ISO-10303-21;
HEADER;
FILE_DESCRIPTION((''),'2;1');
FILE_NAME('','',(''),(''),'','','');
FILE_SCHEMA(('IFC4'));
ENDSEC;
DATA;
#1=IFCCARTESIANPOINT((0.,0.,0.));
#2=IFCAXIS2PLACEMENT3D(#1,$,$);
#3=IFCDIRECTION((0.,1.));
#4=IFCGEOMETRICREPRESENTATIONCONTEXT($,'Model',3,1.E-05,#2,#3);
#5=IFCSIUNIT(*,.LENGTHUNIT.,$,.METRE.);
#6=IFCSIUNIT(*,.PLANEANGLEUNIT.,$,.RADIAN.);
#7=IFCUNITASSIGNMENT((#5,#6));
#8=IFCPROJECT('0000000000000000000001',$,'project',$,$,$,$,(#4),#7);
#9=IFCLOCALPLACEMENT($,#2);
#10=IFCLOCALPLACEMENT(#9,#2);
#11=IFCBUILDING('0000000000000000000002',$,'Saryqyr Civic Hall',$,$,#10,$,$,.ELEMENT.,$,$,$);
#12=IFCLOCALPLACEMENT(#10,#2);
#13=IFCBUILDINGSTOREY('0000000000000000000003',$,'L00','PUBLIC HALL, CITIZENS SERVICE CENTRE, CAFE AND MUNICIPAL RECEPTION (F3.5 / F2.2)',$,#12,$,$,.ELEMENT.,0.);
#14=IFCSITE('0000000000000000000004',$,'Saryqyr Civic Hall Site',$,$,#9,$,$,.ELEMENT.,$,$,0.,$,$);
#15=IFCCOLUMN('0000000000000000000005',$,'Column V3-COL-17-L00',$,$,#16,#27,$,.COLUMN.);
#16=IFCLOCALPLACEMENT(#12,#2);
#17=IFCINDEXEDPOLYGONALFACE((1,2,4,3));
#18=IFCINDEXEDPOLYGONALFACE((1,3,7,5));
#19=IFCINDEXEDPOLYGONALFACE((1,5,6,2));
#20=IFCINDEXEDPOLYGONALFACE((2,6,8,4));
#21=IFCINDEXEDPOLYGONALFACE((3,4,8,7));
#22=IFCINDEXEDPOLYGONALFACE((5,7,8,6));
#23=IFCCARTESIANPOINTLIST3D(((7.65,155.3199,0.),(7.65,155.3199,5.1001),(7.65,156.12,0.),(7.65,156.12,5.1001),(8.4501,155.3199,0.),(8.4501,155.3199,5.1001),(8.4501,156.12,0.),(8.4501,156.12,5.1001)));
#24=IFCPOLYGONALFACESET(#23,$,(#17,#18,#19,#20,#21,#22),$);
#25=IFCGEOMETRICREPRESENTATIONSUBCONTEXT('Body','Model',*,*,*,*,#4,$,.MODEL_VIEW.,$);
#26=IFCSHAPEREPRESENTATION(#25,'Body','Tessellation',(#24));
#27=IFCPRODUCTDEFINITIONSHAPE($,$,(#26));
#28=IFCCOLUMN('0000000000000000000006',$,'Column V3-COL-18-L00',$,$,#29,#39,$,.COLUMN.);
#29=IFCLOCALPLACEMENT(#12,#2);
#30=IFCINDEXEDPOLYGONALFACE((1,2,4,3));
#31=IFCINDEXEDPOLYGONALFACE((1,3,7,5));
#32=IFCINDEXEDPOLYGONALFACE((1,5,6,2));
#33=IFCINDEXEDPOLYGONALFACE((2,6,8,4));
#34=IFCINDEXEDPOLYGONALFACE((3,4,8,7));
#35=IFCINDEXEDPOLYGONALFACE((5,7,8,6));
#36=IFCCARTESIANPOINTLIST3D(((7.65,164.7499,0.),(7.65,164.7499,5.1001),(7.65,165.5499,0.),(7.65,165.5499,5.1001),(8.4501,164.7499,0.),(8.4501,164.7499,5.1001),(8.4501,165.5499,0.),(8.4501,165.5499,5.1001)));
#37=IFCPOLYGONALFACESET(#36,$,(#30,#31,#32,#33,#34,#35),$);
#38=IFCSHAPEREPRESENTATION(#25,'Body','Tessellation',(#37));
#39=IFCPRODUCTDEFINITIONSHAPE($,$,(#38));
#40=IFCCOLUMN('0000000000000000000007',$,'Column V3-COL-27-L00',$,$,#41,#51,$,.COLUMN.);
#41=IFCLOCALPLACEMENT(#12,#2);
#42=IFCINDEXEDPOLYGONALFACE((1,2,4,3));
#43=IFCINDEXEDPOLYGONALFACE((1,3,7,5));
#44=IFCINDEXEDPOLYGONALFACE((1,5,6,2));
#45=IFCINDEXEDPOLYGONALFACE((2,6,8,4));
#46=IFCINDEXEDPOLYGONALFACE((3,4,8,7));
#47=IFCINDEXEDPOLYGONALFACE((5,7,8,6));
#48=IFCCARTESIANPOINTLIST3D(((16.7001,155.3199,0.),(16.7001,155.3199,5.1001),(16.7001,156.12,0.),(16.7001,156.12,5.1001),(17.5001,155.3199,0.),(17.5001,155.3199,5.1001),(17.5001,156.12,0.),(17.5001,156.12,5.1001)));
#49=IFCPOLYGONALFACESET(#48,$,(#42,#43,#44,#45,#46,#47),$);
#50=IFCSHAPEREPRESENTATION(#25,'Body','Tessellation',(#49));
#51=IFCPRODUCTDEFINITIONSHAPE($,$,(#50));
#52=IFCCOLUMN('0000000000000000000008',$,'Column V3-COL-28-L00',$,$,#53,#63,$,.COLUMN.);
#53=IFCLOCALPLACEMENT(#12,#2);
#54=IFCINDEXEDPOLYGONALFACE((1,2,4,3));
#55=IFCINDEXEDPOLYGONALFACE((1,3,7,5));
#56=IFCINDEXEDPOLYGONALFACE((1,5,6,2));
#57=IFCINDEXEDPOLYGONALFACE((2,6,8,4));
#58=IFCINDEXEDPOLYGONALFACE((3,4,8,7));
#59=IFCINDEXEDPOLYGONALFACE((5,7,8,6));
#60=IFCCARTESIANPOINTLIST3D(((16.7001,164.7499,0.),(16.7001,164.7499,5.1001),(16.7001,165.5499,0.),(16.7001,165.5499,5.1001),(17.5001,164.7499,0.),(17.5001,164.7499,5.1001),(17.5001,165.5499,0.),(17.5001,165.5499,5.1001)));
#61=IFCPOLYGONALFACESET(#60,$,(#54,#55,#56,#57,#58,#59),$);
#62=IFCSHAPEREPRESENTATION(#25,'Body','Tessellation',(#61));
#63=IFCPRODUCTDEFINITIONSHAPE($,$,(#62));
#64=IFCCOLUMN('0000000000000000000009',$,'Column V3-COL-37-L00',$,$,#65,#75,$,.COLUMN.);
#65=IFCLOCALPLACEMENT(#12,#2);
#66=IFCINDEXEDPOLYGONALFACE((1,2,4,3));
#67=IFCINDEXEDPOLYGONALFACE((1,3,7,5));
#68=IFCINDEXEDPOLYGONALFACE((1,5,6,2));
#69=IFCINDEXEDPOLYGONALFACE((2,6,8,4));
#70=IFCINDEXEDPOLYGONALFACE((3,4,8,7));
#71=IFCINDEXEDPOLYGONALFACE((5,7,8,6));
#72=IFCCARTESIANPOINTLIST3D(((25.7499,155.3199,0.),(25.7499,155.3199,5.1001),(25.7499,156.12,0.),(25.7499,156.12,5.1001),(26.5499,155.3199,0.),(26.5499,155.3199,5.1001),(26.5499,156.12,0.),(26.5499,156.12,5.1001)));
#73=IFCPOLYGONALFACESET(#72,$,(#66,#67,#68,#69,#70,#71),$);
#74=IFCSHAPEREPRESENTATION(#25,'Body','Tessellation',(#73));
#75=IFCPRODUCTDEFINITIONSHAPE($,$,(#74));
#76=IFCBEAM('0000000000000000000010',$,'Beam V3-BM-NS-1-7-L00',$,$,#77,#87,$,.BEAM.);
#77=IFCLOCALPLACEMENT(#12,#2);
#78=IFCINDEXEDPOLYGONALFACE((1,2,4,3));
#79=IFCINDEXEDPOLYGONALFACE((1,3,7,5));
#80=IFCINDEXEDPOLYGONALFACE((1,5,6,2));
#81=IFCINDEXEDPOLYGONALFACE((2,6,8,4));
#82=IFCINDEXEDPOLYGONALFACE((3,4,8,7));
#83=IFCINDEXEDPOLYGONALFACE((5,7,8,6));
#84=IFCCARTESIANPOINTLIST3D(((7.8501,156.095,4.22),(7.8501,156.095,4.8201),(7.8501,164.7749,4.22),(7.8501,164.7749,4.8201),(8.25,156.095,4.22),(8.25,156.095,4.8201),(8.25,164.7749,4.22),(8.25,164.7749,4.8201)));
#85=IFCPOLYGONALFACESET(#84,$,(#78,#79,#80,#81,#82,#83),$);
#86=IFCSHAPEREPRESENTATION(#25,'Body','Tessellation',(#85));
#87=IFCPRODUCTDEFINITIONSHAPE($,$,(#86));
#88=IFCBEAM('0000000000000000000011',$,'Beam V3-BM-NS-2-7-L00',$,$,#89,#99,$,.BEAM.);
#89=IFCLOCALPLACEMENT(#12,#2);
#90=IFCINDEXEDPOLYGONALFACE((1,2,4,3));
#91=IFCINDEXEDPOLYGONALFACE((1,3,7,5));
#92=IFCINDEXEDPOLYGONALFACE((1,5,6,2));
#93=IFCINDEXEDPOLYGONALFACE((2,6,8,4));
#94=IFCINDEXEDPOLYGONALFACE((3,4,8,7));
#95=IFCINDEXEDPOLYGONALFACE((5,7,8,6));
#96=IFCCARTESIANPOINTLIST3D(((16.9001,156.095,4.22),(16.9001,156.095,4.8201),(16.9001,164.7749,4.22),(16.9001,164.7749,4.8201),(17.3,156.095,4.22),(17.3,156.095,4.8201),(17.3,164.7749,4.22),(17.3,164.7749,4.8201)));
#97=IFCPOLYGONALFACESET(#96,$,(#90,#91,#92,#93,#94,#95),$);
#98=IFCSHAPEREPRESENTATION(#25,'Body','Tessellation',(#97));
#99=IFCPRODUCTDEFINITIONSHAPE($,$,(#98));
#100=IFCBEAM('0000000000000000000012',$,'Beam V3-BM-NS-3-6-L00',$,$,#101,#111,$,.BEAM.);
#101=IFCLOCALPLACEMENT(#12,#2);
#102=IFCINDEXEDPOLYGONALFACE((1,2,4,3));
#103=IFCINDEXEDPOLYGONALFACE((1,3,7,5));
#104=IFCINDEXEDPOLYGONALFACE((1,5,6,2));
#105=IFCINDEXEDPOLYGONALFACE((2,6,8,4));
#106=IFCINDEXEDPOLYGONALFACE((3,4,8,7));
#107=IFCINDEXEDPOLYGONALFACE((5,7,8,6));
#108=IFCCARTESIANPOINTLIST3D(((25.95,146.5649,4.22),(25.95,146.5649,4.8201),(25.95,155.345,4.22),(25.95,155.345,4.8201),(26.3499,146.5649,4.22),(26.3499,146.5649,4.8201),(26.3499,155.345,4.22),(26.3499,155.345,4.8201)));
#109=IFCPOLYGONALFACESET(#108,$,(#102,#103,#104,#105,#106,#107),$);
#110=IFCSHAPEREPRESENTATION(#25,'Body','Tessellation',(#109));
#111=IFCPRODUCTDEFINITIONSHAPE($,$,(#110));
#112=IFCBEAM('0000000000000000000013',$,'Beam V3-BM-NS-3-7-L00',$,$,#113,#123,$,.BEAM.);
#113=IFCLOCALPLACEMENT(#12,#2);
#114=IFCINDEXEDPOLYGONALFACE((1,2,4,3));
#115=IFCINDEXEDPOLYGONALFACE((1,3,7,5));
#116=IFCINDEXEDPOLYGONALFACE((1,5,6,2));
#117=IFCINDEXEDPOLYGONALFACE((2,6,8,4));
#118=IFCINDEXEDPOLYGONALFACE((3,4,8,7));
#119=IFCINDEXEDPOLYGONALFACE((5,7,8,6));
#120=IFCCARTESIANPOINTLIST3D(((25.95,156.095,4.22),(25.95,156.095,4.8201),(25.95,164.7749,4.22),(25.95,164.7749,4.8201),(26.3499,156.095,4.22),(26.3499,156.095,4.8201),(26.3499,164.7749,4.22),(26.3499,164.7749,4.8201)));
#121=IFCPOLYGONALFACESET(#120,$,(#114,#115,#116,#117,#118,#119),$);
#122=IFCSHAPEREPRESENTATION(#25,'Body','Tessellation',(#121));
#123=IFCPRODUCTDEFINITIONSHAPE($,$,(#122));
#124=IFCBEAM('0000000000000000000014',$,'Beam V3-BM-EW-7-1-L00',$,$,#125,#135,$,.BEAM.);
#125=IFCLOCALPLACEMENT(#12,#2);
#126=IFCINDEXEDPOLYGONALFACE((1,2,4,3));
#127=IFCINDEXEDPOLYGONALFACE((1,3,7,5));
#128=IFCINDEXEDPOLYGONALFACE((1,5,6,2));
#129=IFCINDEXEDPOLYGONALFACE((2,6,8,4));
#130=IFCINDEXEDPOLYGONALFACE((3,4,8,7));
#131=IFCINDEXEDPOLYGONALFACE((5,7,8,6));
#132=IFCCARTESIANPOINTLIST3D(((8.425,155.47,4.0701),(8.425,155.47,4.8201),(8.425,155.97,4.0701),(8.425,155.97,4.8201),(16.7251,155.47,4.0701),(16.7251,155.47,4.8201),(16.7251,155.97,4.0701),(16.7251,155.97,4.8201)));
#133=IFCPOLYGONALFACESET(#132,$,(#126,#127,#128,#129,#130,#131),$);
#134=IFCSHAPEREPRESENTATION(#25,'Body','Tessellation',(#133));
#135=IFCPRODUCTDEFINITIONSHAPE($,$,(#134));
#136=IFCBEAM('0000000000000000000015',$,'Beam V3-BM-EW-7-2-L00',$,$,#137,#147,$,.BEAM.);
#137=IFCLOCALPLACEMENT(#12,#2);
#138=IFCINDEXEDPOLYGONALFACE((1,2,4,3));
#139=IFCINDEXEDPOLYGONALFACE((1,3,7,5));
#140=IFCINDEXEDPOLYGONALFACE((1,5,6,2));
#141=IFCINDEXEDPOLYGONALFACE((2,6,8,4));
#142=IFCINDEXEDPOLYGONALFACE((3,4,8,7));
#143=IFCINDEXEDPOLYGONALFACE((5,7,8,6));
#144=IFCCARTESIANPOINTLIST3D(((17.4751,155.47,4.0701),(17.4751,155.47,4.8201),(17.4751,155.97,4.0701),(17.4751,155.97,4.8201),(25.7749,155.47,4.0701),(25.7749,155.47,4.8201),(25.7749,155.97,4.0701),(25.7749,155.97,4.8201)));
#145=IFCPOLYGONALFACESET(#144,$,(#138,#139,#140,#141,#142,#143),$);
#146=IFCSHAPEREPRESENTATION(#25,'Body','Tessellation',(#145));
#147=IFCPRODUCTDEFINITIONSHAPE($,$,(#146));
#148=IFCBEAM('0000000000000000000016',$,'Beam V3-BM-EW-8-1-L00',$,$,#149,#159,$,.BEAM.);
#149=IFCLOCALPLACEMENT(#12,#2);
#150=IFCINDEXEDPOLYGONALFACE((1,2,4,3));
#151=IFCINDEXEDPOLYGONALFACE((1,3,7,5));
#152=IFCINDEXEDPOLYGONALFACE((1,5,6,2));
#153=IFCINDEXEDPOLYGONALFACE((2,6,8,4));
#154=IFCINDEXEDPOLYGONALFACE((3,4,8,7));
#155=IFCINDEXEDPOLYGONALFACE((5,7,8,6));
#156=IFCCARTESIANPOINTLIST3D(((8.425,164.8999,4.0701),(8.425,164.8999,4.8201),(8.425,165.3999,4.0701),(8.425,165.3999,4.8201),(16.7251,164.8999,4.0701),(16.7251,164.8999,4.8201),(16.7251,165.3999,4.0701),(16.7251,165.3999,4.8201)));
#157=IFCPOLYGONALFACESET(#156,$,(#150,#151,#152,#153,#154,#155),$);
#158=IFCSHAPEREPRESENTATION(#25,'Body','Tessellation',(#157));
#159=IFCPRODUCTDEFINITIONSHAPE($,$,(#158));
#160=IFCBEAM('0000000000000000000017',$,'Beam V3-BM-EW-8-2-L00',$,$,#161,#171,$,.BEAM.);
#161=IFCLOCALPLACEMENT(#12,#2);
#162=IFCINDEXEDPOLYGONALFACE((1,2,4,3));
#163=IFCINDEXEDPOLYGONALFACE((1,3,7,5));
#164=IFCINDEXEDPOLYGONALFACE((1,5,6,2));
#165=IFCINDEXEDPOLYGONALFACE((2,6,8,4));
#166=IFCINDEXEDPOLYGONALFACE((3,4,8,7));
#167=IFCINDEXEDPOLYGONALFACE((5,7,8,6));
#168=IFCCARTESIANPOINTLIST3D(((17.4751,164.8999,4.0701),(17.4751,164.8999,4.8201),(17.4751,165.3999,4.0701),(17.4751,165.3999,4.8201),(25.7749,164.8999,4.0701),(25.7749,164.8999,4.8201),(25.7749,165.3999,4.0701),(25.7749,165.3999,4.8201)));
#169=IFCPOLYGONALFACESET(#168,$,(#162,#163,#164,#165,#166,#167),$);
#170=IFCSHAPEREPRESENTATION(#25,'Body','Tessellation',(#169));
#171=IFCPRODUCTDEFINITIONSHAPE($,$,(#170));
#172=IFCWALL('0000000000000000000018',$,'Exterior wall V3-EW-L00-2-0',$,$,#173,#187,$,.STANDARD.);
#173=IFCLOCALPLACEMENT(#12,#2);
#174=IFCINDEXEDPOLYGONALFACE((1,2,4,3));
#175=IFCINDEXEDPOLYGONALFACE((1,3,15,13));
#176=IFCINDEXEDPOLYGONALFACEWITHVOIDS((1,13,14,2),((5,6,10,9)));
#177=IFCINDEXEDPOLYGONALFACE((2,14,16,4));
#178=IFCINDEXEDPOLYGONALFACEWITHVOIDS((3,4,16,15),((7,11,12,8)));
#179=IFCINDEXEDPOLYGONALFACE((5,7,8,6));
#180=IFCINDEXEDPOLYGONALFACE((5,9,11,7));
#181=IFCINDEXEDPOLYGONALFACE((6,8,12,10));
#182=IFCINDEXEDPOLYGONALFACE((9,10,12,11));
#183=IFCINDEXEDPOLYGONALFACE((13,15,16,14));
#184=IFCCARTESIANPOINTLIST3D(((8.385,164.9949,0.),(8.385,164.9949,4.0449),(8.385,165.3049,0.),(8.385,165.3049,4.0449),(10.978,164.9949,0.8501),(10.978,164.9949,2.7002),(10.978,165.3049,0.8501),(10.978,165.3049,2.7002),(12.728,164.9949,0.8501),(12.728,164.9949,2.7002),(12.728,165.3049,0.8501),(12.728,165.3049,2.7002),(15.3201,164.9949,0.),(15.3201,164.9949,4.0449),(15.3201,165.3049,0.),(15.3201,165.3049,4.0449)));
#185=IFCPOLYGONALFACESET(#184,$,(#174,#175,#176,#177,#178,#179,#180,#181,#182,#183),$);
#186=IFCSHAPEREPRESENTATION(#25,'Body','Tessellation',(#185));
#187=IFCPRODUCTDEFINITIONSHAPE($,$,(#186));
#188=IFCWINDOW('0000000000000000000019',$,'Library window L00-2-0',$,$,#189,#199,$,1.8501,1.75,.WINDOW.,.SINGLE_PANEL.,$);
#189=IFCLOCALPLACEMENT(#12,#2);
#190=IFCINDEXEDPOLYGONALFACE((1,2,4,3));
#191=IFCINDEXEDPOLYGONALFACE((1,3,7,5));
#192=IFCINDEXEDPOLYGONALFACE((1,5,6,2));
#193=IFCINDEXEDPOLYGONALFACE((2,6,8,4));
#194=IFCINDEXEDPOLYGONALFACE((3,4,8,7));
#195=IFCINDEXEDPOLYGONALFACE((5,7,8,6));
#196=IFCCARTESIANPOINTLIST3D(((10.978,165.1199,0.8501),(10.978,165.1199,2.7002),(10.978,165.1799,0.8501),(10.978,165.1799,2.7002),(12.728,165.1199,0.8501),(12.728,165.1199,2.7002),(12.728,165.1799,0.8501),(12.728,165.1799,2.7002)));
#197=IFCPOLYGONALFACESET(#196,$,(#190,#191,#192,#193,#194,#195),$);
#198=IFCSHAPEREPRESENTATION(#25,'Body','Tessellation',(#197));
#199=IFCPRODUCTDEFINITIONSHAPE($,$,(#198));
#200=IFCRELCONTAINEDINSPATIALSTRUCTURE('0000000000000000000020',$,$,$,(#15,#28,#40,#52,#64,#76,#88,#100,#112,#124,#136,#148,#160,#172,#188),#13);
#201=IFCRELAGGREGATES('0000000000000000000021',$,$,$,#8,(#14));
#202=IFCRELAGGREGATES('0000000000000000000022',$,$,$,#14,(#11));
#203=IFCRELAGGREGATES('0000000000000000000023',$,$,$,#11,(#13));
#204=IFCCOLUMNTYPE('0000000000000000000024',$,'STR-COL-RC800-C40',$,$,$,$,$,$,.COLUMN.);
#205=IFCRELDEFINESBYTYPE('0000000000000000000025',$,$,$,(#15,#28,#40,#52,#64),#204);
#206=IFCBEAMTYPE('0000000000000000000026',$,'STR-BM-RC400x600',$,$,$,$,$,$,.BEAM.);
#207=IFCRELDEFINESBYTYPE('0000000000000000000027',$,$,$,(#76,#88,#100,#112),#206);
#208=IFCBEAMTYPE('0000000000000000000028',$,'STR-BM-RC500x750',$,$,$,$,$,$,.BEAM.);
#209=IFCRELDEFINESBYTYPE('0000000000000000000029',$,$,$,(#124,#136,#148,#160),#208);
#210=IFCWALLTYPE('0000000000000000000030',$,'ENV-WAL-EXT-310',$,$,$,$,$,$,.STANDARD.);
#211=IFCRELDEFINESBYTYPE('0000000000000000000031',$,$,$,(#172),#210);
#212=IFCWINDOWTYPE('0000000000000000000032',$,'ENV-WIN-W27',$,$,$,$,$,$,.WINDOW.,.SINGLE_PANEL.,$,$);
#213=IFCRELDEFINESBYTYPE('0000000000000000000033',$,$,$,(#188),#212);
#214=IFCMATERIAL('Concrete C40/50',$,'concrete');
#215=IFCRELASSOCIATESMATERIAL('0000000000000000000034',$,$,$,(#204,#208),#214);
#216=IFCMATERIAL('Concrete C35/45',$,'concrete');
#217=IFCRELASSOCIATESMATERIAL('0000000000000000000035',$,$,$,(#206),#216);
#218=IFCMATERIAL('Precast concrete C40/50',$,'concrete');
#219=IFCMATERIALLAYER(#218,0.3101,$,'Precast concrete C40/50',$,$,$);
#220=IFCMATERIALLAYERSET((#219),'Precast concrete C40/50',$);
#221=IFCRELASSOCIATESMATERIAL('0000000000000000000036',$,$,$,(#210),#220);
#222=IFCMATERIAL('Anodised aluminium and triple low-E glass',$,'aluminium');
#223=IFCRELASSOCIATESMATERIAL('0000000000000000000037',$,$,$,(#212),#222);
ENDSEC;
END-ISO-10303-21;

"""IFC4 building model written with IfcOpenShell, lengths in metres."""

from ifc_helpers import new_model, si_unit, direction, frame, frame_2d, origin, origin_2d, place, context, subcontext, project, spatial, rectangle, extrude, material, layer, layer_set, material_profile, profile_set, type_object, element, fill, save


model = new_model("IFC4")

# Units and contexts
model_context = context("Model", 3, precision=1e-05, world=origin(), true_north=direction((0.0, 1.0)))
body_context = subcontext(model_context, "Body", "Model", "MODEL_VIEW")
ifc_project = project(units=[si_unit("LENGTHUNIT", "METRE"), si_unit("PLANEANGLEUNIT", "RADIAN")], contexts=[model_context])

# Site, building, storey
site_placement = place(None, origin())
site = spatial("IfcSite", under=ifc_project, at=site_placement, Name="Saryqyr Civic Hall Site", CompositionType="ELEMENT", RefElevation=0.0)
building_placement = place(site_placement, origin())
building = spatial("IfcBuilding", under=site, at=building_placement, Name="Saryqyr Civic Hall", CompositionType="ELEMENT")
storey_placement = place(building_placement, origin())
storey = spatial("IfcBuildingStorey", under=building, at=storey_placement, Name="L00", Description="PUBLIC HALL, CITIZENS SERVICE CENTRE, CAFE AND MUNICIPAL RECEPTION (F3.5 / F2.2)", CompositionType="ELEMENT", Elevation=0.0)

# Columns
ifc_material_1 = material(Name="Concrete C40/50", Category="concrete")
ifc_material_profile_1 = material_profile(ifc_material_1, rectangle(XDim=0.8, YDim=0.8, at=origin_2d()), Name="RC 800x800")
ifc_profile_set_1 = profile_set([ifc_material_profile_1], Name="Concrete C40/50")
column_type = type_object("IfcColumnType", Name="STR-COL-RC800-C40", PredefinedType="COLUMN", material=ifc_profile_set_1)
for number, where, z_axis, x_axis, name in (
    (1, (8.05, 155.72, 0.0), (0.0, 0.0, 1.0), (1.0, 0.0, 0.0), "Column V3-COL-17-L00"),
    (2, (8.05, 165.1499, 0.0), (0.0, 0.0, 1.0), (1.0, 0.0, 0.0), "Column V3-COL-18-L00"),
    (3, (17.1001, 155.72, 0.0), (0.0, 0.0, 1.0), (1.0, 0.0, 0.0), "Column V3-COL-27-L00"),
    (4, (17.1001, 165.1499, 0.0), (0.0, 0.0, 1.0), (1.0, 0.0, 0.0), "Column V3-COL-28-L00"),
    (5, (26.1499, 155.72, 0.0), (0.0, 0.0, 1.0), (1.0, 0.0, 0.0), "Column V3-COL-37-L00"),
):
    element("IfcColumn", number, at=place(storey_placement, frame(where, z_axis=z_axis, x_axis=x_axis)), inside=storey, type_object=column_type, Name=name, PredefinedType="COLUMN", context=body_context, shape_type="SweptSolid", body=[
        extrude(rectangle(XDim=0.8, YDim=0.8, at=origin_2d()), origin(), (0.0, 0.0, 1.0), 5.1001),
    ])

# Beams
ifc_material_2 = material(Name="Concrete C35/45", Category="concrete")
ifc_material_profile_2 = material_profile(ifc_material_2, rectangle(XDim=0.3999, YDim=0.6001, at=origin_2d()), Name="RC 400x600")
ifc_profile_set_2 = profile_set([ifc_material_profile_2], Name="Concrete C35/45")
beam_type_1 = type_object("IfcBeamType", Name="STR-BM-RC400x600", PredefinedType="BEAM", material=ifc_profile_set_2)
for number, where, z_axis, x_axis, name in (
    (6, (8.05, 156.095, 4.52), (0.0, 1.0, 0.0), (-1.0, 0.0, 0.0), "Beam V3-BM-NS-1-7-L00"),
    (7, (17.1001, 156.095, 4.52), (0.0, 1.0, 0.0), (-1.0, 0.0, 0.0), "Beam V3-BM-NS-2-7-L00"),
):
    element("IfcBeam", number, at=place(storey_placement, frame(where, z_axis=z_axis, x_axis=x_axis)), inside=storey, type_object=beam_type_1, Name=name, PredefinedType="BEAM", context=body_context, shape_type="SweptSolid", body=[
        extrude(rectangle(XDim=0.3999, YDim=0.6001, at=origin_2d()), origin(), (0.0, 0.0, 1.0), 8.6799),
    ])
beam_1_placement = place(storey_placement, frame((26.1499, 146.5649, 4.52), z_axis=(0.0, 1.0, 0.0), x_axis=(-1.0, 0.0, 0.0)))
element("IfcBeam", 8, at=beam_1_placement, inside=storey, type_object=beam_type_1, Name="Beam V3-BM-NS-3-6-L00", PredefinedType="BEAM", context=body_context, shape_type="SweptSolid", body=[
    extrude(rectangle(XDim=0.3999, YDim=0.6001, at=origin_2d()), origin(), (0.0, 0.0, 1.0), 8.78),
])
beam_2_placement = place(storey_placement, frame((26.1499, 156.095, 4.52), z_axis=(0.0, 1.0, 0.0), x_axis=(-1.0, 0.0, 0.0)))
element("IfcBeam", 9, at=beam_2_placement, inside=storey, type_object=beam_type_1, Name="Beam V3-BM-NS-3-7-L00", PredefinedType="BEAM", context=body_context, shape_type="SweptSolid", body=[
    extrude(rectangle(XDim=0.3999, YDim=0.6001, at=origin_2d()), origin(), (0.0, 0.0, 1.0), 8.6799),
])
ifc_material_profile_3 = material_profile(ifc_material_1, rectangle(XDim=0.5, YDim=0.75, at=origin_2d()), Name="RC 500x750")
ifc_profile_set_3 = profile_set([ifc_material_profile_3], Name="Concrete C40/50")
beam_type_2 = type_object("IfcBeamType", Name="STR-BM-RC500x750", PredefinedType="BEAM", material=ifc_profile_set_3)
beam_3_placement = place(storey_placement, frame((8.425, 155.72, 4.4451), z_axis=(1.0, 0.0, 0.0), x_axis=(0.0, 1.0, 0.0)))
element("IfcBeam", 10, at=beam_3_placement, inside=storey, type_object=beam_type_2, Name="Beam V3-BM-EW-7-1-L00", PredefinedType="BEAM", context=body_context, shape_type="SweptSolid", body=[
    extrude(rectangle(XDim=0.5, YDim=0.75, at=origin_2d()), origin(), (0.0, 0.0, 1.0), 8.3),
])
beam_4_placement = place(storey_placement, frame((17.4751, 155.72, 4.4451), z_axis=(1.0, 0.0, 0.0), x_axis=(0.0, 1.0, 0.0)))
element("IfcBeam", 11, at=beam_4_placement, inside=storey, type_object=beam_type_2, Name="Beam V3-BM-EW-7-2-L00", PredefinedType="BEAM", context=body_context, shape_type="SweptSolid", body=[
    extrude(rectangle(XDim=0.5, YDim=0.75, at=origin_2d()), origin(), (0.0, 0.0, 1.0), 8.2998),
])
beam_5_placement = place(storey_placement, frame((8.425, 165.1499, 4.4451), z_axis=(1.0, 0.0, 0.0), x_axis=(0.0, 1.0, 0.0)))
element("IfcBeam", 12, at=beam_5_placement, inside=storey, type_object=beam_type_2, Name="Beam V3-BM-EW-8-1-L00", PredefinedType="BEAM", context=body_context, shape_type="SweptSolid", body=[
    extrude(rectangle(XDim=0.5, YDim=0.75, at=origin_2d()), origin(), (0.0, 0.0, 1.0), 8.3),
])
beam_6_placement = place(storey_placement, frame((17.4751, 165.1499, 4.4451), z_axis=(1.0, 0.0, 0.0), x_axis=(0.0, 1.0, 0.0)))
element("IfcBeam", 13, at=beam_6_placement, inside=storey, type_object=beam_type_2, Name="Beam V3-BM-EW-8-2-L00", PredefinedType="BEAM", context=body_context, shape_type="SweptSolid", body=[
    extrude(rectangle(XDim=0.5, YDim=0.75, at=origin_2d()), origin(), (0.0, 0.0, 1.0), 8.2998),
])

# Wall, opening, window
ifc_material_3 = material(Name="Precast concrete C40/50", Category="concrete")
ifc_layer_1 = layer(ifc_material_3, 0.3101, Name="Precast concrete C40/50")
ifc_layer_set_1 = layer_set([ifc_layer_1], Name="Precast concrete C40/50")
wall_type_1 = type_object("IfcWallType", Name="ENV-WAL-EXT-310", PredefinedType="STANDARD", material=ifc_layer_set_1)
wall_1_placement = place(storey_placement, frame((8.385, 165.1499, 0.0), z_axis=(0.0, 0.0, 1.0), x_axis=(1.0, 0.0, 0.0)))
wall_1 = element("IfcWall", 14, at=wall_1_placement, inside=storey, type_object=wall_type_1, Name="Exterior wall V3-EW-L00-2-0", PredefinedType="STANDARD", context=body_context, shape_type="SweptSolid", body=[
    extrude(rectangle(XDim=6.9351, YDim=0.3101, at=frame_2d((3.4675, 0.0))), origin(), (0.0, 0.0, 1.0), 4.0449),
])
opening_1_placement = place(wall_1_placement, frame((2.593, 0.0, 0.8501)))
opening_1 = element("IfcOpeningElement", 15, at=opening_1_placement, cuts=wall_1, PredefinedType="OPENING", context=body_context, shape_type="SweptSolid", body=[
    extrude(rectangle(XDim=1.75, YDim=1.8501, at=frame_2d((0.875, 0.925))), frame((0.0, 0.165, 0.0), z_axis=(0.0, -1.0, 0.0), x_axis=(1.0, 0.0, 0.0)), (0.0, 0.0, 1.0), 0.3301),
])
ifc_material_4 = material(Name="Anodised aluminium and triple low-E glass", Category="aluminium")
window_type_1 = type_object("IfcWindowType", Name="ENV-WIN-W27", PartitioningType="SINGLE_PANEL", PredefinedType="WINDOW", material=ifc_material_4)
window_1_placement = place(opening_1_placement, origin())
window_1 = element("IfcWindow", 16, at=window_1_placement, inside=storey, type_object=window_type_1, Name="Library window L00-2-0", OverallHeight=1.8501, OverallWidth=1.75, PartitioningType="SINGLE_PANEL", PredefinedType="WINDOW", context=body_context, shape_type="SweptSolid", body=[
    extrude(rectangle(XDim=1.75, YDim=1.8501, at=frame_2d((0.875, 0.925))), frame((0.0, 0.03, 0.0), z_axis=(0.0, -1.0, 0.0), x_axis=(1.0, 0.0, 0.0)), (0.0, 0.0, 1.0), 0.0601),
])
fill(opening_1, window_1)

save(model, "model.ifc")
